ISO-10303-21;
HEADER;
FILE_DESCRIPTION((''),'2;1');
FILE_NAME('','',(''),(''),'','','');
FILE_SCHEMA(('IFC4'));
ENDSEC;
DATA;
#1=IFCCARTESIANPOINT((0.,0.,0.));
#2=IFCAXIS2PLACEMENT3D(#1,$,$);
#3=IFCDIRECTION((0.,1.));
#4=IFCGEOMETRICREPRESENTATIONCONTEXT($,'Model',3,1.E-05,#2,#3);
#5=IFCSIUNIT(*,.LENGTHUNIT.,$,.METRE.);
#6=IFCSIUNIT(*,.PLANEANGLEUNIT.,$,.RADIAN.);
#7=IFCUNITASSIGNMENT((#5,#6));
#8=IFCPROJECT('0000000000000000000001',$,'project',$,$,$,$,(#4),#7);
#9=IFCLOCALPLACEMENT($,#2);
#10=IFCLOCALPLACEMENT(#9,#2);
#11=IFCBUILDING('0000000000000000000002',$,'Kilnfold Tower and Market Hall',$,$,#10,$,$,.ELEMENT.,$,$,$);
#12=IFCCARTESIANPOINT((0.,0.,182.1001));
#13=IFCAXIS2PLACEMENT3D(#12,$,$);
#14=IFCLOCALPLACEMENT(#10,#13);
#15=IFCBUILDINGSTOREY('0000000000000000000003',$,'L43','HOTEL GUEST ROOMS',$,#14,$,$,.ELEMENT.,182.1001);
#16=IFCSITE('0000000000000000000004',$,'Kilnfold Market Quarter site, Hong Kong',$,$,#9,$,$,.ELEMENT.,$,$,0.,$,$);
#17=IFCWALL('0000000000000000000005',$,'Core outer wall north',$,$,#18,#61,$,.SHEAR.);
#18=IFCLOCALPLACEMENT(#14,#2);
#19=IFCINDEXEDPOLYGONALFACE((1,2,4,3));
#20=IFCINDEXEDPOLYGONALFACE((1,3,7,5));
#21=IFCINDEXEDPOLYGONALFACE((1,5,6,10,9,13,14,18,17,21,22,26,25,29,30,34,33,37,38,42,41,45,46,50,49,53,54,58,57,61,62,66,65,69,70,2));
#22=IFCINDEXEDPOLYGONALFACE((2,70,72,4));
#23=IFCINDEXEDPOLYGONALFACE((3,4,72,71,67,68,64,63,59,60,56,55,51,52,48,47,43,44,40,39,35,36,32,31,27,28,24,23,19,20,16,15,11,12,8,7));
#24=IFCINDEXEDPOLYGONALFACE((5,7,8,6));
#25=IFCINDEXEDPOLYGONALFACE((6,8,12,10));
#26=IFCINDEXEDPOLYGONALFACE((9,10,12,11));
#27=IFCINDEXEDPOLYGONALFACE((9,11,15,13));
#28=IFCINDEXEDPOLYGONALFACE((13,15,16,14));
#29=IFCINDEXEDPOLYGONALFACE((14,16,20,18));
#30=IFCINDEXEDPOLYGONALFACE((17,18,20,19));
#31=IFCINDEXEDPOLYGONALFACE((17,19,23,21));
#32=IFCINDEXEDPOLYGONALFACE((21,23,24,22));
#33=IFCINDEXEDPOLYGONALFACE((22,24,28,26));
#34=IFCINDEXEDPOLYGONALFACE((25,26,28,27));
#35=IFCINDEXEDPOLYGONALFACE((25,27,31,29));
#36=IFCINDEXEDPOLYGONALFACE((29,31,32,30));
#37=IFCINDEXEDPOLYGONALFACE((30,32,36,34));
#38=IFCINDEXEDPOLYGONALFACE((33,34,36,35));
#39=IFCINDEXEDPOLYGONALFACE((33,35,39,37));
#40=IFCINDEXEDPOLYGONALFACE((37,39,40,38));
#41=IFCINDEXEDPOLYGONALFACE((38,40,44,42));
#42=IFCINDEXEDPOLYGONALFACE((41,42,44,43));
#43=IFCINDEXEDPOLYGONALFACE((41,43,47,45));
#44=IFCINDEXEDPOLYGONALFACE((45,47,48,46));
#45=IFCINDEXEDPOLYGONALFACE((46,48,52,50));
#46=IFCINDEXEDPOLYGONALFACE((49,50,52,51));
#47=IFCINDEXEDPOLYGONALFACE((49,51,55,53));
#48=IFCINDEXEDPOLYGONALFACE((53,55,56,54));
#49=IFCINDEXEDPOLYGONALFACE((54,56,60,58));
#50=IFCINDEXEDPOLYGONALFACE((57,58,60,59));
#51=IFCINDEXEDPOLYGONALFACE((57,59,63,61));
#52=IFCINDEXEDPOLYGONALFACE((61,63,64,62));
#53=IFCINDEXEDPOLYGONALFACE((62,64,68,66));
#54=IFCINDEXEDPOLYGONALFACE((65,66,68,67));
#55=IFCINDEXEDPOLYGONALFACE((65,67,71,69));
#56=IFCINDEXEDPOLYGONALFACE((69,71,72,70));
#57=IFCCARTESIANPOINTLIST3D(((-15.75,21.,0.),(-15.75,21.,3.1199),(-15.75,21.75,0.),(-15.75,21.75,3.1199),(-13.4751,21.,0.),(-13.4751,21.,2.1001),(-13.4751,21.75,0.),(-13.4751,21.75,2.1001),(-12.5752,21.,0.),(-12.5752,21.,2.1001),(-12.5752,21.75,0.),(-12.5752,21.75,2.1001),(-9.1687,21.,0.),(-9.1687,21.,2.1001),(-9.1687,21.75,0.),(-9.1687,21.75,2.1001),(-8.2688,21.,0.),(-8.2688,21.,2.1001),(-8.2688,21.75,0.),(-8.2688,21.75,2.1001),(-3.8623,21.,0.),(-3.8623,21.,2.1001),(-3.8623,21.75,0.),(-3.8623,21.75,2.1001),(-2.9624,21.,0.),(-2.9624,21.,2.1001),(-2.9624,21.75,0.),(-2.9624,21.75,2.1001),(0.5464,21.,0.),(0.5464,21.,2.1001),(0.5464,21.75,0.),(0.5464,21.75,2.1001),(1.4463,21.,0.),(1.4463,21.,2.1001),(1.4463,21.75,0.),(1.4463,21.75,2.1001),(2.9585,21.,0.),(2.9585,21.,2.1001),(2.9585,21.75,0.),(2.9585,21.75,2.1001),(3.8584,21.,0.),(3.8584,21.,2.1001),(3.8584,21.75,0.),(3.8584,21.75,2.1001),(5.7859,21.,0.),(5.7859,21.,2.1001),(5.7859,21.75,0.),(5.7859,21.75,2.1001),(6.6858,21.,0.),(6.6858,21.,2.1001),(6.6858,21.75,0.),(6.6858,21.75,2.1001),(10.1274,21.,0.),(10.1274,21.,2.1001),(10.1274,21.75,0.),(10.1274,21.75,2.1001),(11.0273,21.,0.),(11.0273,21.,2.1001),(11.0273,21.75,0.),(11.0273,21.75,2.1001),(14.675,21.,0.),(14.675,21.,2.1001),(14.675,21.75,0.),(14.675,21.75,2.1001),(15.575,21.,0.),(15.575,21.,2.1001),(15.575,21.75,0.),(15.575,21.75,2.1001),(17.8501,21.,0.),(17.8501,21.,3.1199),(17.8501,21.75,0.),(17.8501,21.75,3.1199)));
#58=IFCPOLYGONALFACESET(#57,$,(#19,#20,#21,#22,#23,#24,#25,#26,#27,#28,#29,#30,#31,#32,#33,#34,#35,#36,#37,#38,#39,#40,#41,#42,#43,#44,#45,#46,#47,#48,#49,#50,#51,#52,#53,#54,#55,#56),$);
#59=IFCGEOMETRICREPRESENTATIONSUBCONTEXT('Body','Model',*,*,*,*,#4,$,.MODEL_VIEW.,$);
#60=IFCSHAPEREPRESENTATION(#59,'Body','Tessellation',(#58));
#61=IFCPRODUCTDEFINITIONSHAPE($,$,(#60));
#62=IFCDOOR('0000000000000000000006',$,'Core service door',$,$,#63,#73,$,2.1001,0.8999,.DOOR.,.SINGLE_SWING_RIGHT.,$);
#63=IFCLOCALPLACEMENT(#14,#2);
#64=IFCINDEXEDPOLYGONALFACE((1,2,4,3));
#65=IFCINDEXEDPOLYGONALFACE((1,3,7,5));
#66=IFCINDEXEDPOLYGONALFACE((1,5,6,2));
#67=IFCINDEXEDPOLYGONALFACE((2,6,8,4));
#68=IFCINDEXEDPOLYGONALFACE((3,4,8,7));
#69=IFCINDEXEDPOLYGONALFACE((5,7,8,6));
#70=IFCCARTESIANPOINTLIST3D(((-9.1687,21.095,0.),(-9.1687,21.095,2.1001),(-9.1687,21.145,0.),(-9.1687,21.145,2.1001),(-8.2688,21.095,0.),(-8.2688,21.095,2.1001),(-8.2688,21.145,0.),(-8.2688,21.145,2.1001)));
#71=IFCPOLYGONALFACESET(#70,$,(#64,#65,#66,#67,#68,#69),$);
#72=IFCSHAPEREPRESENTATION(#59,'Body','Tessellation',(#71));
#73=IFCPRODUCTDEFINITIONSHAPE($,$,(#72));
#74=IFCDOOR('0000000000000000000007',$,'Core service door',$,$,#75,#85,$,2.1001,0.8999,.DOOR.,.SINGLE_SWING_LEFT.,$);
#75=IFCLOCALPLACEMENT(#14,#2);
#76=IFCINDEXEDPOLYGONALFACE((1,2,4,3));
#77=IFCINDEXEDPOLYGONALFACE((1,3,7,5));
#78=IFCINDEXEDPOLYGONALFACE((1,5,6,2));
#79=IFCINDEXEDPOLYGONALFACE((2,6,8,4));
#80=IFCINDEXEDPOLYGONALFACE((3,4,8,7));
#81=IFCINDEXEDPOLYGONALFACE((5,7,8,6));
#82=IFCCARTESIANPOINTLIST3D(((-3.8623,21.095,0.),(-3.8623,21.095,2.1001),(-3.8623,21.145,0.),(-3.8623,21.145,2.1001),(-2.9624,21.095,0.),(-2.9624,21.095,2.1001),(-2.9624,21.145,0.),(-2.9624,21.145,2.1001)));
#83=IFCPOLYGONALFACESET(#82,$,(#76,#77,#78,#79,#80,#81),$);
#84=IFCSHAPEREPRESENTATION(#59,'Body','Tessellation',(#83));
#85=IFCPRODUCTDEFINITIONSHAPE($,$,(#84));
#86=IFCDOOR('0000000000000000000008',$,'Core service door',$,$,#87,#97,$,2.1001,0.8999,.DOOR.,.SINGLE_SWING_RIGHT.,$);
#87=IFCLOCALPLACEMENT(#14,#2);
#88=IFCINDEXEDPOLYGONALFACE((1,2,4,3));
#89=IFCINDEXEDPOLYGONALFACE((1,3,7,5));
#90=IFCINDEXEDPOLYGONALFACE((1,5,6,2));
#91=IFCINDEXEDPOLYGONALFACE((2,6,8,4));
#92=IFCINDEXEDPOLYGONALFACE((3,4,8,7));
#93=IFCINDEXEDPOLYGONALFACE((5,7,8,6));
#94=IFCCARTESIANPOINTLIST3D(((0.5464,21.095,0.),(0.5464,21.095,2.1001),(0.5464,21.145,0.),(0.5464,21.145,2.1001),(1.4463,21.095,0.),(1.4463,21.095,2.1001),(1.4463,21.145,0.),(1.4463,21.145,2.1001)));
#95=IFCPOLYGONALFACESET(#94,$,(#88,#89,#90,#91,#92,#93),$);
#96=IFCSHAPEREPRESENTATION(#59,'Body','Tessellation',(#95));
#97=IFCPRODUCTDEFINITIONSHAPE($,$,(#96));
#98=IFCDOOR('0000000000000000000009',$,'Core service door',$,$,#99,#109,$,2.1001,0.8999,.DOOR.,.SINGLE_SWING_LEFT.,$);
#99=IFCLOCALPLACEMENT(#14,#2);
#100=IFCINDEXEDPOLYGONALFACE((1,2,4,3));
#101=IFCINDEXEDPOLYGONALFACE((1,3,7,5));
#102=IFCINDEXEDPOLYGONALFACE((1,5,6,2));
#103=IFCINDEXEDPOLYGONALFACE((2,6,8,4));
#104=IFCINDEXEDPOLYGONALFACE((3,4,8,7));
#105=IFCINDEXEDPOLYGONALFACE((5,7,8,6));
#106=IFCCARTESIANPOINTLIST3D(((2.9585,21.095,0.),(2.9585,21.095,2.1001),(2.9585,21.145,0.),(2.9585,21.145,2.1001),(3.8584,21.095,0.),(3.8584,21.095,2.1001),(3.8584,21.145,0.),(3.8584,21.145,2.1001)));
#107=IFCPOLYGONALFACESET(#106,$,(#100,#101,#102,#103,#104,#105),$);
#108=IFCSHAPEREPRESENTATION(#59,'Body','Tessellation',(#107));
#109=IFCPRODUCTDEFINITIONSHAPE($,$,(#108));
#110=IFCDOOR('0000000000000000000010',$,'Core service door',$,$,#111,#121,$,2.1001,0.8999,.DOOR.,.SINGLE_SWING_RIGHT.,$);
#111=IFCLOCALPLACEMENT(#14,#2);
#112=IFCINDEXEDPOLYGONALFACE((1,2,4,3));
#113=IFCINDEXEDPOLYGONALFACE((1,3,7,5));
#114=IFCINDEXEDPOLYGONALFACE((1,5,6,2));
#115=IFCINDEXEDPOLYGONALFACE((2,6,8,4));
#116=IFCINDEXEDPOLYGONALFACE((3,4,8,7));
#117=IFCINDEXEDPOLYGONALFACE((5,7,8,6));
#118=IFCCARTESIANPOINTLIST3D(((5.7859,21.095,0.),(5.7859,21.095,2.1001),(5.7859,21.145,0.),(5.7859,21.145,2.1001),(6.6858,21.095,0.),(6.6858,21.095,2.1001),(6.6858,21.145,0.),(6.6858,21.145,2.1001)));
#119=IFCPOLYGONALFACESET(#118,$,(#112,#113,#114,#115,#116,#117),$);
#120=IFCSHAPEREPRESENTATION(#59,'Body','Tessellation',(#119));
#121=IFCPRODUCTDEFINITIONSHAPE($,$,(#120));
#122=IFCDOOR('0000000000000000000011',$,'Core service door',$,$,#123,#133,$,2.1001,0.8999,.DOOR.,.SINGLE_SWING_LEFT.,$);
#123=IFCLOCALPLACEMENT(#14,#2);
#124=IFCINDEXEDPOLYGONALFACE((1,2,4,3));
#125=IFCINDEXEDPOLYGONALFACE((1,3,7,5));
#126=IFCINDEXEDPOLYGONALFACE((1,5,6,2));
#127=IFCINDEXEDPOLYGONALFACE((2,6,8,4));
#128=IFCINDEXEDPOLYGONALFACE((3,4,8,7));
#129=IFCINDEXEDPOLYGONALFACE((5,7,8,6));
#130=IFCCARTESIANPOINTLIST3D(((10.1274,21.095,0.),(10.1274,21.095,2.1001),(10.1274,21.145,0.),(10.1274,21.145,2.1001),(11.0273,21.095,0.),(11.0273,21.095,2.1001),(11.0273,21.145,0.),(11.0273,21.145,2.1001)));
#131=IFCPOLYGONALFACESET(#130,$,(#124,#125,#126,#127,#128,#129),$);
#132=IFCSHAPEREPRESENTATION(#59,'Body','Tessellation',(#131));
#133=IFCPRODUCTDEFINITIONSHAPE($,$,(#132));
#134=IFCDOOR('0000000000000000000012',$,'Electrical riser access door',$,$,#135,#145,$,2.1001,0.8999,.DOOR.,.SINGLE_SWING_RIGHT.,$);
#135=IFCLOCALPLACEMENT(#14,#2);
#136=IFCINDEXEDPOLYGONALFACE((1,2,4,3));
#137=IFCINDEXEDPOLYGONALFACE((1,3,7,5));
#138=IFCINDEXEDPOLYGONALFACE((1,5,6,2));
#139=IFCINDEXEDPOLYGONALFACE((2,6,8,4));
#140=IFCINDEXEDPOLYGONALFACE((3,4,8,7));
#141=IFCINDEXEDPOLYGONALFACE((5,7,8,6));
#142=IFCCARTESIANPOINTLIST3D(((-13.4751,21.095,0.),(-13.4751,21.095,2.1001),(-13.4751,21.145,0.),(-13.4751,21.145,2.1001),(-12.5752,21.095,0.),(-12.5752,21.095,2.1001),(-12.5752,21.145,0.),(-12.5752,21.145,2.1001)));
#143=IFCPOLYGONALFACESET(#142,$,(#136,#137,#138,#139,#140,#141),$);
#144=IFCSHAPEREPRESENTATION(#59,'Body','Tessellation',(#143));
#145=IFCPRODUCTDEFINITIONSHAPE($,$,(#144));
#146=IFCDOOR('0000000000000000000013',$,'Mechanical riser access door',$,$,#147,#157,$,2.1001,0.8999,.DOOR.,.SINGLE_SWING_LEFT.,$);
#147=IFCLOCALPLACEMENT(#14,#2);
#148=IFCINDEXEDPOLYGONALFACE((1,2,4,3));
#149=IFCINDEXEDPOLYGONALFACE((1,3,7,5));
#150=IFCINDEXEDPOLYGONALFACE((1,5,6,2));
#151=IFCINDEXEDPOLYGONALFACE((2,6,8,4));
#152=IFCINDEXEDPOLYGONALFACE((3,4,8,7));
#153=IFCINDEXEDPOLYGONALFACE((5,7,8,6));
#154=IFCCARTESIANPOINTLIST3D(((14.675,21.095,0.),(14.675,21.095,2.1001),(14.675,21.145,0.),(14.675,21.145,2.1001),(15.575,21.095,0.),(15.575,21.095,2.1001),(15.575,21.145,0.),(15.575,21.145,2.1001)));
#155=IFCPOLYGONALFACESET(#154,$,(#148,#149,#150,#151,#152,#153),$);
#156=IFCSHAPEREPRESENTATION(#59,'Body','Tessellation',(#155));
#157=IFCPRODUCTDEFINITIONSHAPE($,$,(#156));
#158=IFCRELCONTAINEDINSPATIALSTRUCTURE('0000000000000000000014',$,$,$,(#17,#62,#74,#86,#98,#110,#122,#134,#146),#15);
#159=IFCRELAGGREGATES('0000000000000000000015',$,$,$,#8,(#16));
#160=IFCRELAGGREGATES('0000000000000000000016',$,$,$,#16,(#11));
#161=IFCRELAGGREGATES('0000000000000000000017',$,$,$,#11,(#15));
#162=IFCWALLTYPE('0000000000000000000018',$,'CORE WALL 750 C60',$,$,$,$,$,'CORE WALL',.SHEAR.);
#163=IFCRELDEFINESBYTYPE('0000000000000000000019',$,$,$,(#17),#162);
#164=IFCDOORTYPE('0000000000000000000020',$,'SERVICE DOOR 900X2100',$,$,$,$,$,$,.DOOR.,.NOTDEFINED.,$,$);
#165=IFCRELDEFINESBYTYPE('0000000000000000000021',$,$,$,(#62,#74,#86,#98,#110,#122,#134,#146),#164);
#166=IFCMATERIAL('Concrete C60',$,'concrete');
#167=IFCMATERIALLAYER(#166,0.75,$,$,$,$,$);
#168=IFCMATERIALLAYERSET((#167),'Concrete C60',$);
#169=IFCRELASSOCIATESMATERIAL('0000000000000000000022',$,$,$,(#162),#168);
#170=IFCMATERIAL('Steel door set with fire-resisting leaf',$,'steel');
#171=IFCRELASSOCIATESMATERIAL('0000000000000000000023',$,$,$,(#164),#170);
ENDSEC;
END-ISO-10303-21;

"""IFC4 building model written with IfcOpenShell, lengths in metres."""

from ifc_helpers import new_model, si_unit, direction, frame, frame_2d, origin, place, context, subcontext, project, spatial, rectangle, extrude, source, transform, mapped, material, layer, layer_set, type_object, element, fill, save


model = new_model("IFC4")

# Units and contexts
model_context = context("Model", 3, precision=1e-05, world=origin(), true_north=direction((0.0, 1.0)))
body_context = subcontext(model_context, "Body", "Model", "MODEL_VIEW")
ifc_project = project(units=[si_unit("LENGTHUNIT", "METRE"), si_unit("PLANEANGLEUNIT", "RADIAN")], contexts=[model_context])

# Site, building, storey
site_placement = place(None, origin())
site = spatial("IfcSite", under=ifc_project, at=site_placement, Name="Kilnfold Market Quarter site, Hong Kong", CompositionType="ELEMENT", RefElevation=0.0)
building_placement = place(site_placement, origin())
building = spatial("IfcBuilding", under=site, at=building_placement, Name="Kilnfold Tower and Market Hall", CompositionType="ELEMENT")
storey_placement = place(building_placement, frame((0.0, 0.0, 182.1001)))
storey = spatial("IfcBuildingStorey", under=building, at=storey_placement, Name="L43", Description="HOTEL GUEST ROOMS", CompositionType="ELEMENT", Elevation=182.1001)

# Wall, openings, doors
ifc_material_1 = material(Name="Concrete C60", Category="concrete")
ifc_layer_1 = layer(ifc_material_1, 0.75)
ifc_layer_set_1 = layer_set([ifc_layer_1], Name="Concrete C60")
wall_type_1 = type_object("IfcWallType", Name="CORE WALL 750 C60", ElementType="CORE WALL", PredefinedType="SHEAR", material=ifc_layer_set_1)
shared_shape_1 = source(origin(), body_context, "Body", "SweptSolid", [
    extrude(rectangle(XDim=33.6001, YDim=0.75, at=frame_2d((16.8, 0.0))), origin(), (0.0, 0.0, 1.0), 3.1199),
])
wall_1_placement = place(storey_placement, frame((-15.75, 21.375, 0.0), z_axis=(0.0, 0.0, 1.0), x_axis=(1.0, 0.0, 0.0)))
wall_1 = element("IfcWall", 1, at=wall_1_placement, inside=storey, type_object=wall_type_1, Name="Core outer wall north", PredefinedType="SHEAR", context=body_context, shape_type="MappedRepresentation", body=[
    mapped(shared_shape_1, transform((0.0, 0.0, 0.0))),
])
opening_1_placement = place(wall_1_placement, frame((6.5813, 0.0, 0.0)))
opening_1 = element("IfcOpeningElement", 2, at=opening_1_placement, cuts=wall_1, PredefinedType="OPENING", context=body_context, shape_type="SweptSolid", body=[
    extrude(rectangle(XDim=0.8999, YDim=2.1001, at=frame_2d((0.45, 1.05))), frame((0.0, 0.385, 0.0), z_axis=(0.0, -1.0, 0.0), x_axis=(1.0, 0.0, 0.0)), (0.0, 0.0, 1.0), 0.77),
])
opening_2_placement = place(wall_1_placement, frame((11.8877, 0.0, 0.0)))
opening_2 = element("IfcOpeningElement", 3, at=opening_2_placement, cuts=wall_1, PredefinedType="OPENING", context=body_context, shape_type="SweptSolid", body=[
    extrude(rectangle(XDim=0.8999, YDim=2.1001, at=frame_2d((0.45, 1.05))), frame((0.0, 0.385, 0.0), z_axis=(0.0, -1.0, 0.0), x_axis=(1.0, 0.0, 0.0)), (0.0, 0.0, 1.0), 0.77),
])
opening_3_placement = place(wall_1_placement, frame((16.2964, 0.0, 0.0)))
opening_3 = element("IfcOpeningElement", 4, at=opening_3_placement, cuts=wall_1, PredefinedType="OPENING", context=body_context, shape_type="SweptSolid", body=[
    extrude(rectangle(XDim=0.8999, YDim=2.1001, at=frame_2d((0.45, 1.05))), frame((0.0, 0.385, 0.0), z_axis=(0.0, -1.0, 0.0), x_axis=(1.0, 0.0, 0.0)), (0.0, 0.0, 1.0), 0.77),
])
opening_4_placement = place(wall_1_placement, frame((18.7085, 0.0, 0.0)))
opening_4 = element("IfcOpeningElement", 5, at=opening_4_placement, cuts=wall_1, PredefinedType="OPENING", context=body_context, shape_type="SweptSolid", body=[
    extrude(rectangle(XDim=0.8999, YDim=2.1001, at=frame_2d((0.45, 1.05))), frame((0.0, 0.385, 0.0), z_axis=(0.0, -1.0, 0.0), x_axis=(1.0, 0.0, 0.0)), (0.0, 0.0, 1.0), 0.77),
])
opening_5_placement = place(wall_1_placement, frame((21.5359, 0.0, 0.0)))
opening_5 = element("IfcOpeningElement", 6, at=opening_5_placement, cuts=wall_1, PredefinedType="OPENING", context=body_context, shape_type="SweptSolid", body=[
    extrude(rectangle(XDim=0.8999, YDim=2.1001, at=frame_2d((0.45, 1.05))), frame((0.0, 0.385, 0.0), z_axis=(0.0, -1.0, 0.0), x_axis=(1.0, 0.0, 0.0)), (0.0, 0.0, 1.0), 0.77),
])
opening_6_placement = place(wall_1_placement, frame((25.8774, 0.0, 0.0)))
opening_6 = element("IfcOpeningElement", 7, at=opening_6_placement, cuts=wall_1, PredefinedType="OPENING", context=body_context, shape_type="SweptSolid", body=[
    extrude(rectangle(XDim=0.8999, YDim=2.1001, at=frame_2d((0.45, 1.05))), frame((0.0, 0.385, 0.0), z_axis=(0.0, -1.0, 0.0), x_axis=(1.0, 0.0, 0.0)), (0.0, 0.0, 1.0), 0.77),
])
opening_7_placement = place(wall_1_placement, frame((2.2749, 0.0, 0.0)))
opening_7 = element("IfcOpeningElement", 8, at=opening_7_placement, cuts=wall_1, PredefinedType="OPENING", context=body_context, shape_type="SweptSolid", body=[
    extrude(rectangle(XDim=0.8999, YDim=2.1001, at=frame_2d((0.45, 1.05))), frame((0.0, 0.385, 0.0), z_axis=(0.0, -1.0, 0.0), x_axis=(1.0, 0.0, 0.0)), (0.0, 0.0, 1.0), 0.77),
])
opening_8_placement = place(wall_1_placement, frame((30.425, 0.0, 0.0)))
opening_8 = element("IfcOpeningElement", 9, at=opening_8_placement, cuts=wall_1, PredefinedType="OPENING", context=body_context, shape_type="SweptSolid", body=[
    extrude(rectangle(XDim=0.8999, YDim=2.1001, at=frame_2d((0.45, 1.05))), frame((0.0, 0.385, 0.0), z_axis=(0.0, -1.0, 0.0), x_axis=(1.0, 0.0, 0.0)), (0.0, 0.0, 1.0), 0.77),
])
ifc_material_2 = material(Name="Steel door set with fire-resisting leaf", Category="steel")
door_type = type_object("IfcDoorType", Name="SERVICE DOOR 900X2100", OperationType="NOTDEFINED", PredefinedType="DOOR", material=ifc_material_2)
door_1_placement = place(opening_1_placement, origin())
door_1 = element("IfcDoor", 10, at=door_1_placement, inside=storey, type_object=door_type, Name="Core service door", OperationType="SINGLE_SWING_RIGHT", OverallHeight=2.1001, OverallWidth=0.8999, PredefinedType="DOOR", context=body_context, shape_type="SweptSolid", body=[
    extrude(rectangle(XDim=0.8999, YDim=2.1001, at=frame_2d((0.45, 1.05))), frame((0.0, -0.23, 0.0), z_axis=(0.0, -1.0, 0.0), x_axis=(1.0, 0.0, 0.0)), (0.0, 0.0, 1.0), 0.05),
])
fill(opening_1, door_1)
door_2_placement = place(opening_2_placement, origin())
door_2 = element("IfcDoor", 11, at=door_2_placement, inside=storey, type_object=door_type, Name="Core service door", OperationType="SINGLE_SWING_LEFT", OverallHeight=2.1001, OverallWidth=0.8999, PredefinedType="DOOR", context=body_context, shape_type="SweptSolid", body=[
    extrude(rectangle(XDim=0.8999, YDim=2.1001, at=frame_2d((0.45, 1.05))), frame((0.0, -0.23, 0.0), z_axis=(0.0, -1.0, 0.0), x_axis=(1.0, 0.0, 0.0)), (0.0, 0.0, 1.0), 0.05),
])
fill(opening_2, door_2)
door_3_placement = place(opening_3_placement, origin())
door_3 = element("IfcDoor", 12, at=door_3_placement, inside=storey, type_object=door_type, Name="Core service door", OperationType="SINGLE_SWING_RIGHT", OverallHeight=2.1001, OverallWidth=0.8999, PredefinedType="DOOR", context=body_context, shape_type="SweptSolid", body=[
    extrude(rectangle(XDim=0.8999, YDim=2.1001, at=frame_2d((0.45, 1.05))), frame((0.0, -0.23, 0.0), z_axis=(0.0, -1.0, 0.0), x_axis=(1.0, 0.0, 0.0)), (0.0, 0.0, 1.0), 0.05),
])
fill(opening_3, door_3)
door_4_placement = place(opening_4_placement, origin())
door_4 = element("IfcDoor", 13, at=door_4_placement, inside=storey, type_object=door_type, Name="Core service door", OperationType="SINGLE_SWING_LEFT", OverallHeight=2.1001, OverallWidth=0.8999, PredefinedType="DOOR", context=body_context, shape_type="SweptSolid", body=[
    extrude(rectangle(XDim=0.8999, YDim=2.1001, at=frame_2d((0.45, 1.05))), frame((0.0, -0.23, 0.0), z_axis=(0.0, -1.0, 0.0), x_axis=(1.0, 0.0, 0.0)), (0.0, 0.0, 1.0), 0.05),
])
fill(opening_4, door_4)
door_5_placement = place(opening_5_placement, origin())
door_5 = element("IfcDoor", 14, at=door_5_placement, inside=storey, type_object=door_type, Name="Core service door", OperationType="SINGLE_SWING_RIGHT", OverallHeight=2.1001, OverallWidth=0.8999, PredefinedType="DOOR", context=body_context, shape_type="SweptSolid", body=[
    extrude(rectangle(XDim=0.8999, YDim=2.1001, at=frame_2d((0.45, 1.05))), frame((0.0, -0.23, 0.0), z_axis=(0.0, -1.0, 0.0), x_axis=(1.0, 0.0, 0.0)), (0.0, 0.0, 1.0), 0.05),
])
fill(opening_5, door_5)
door_6_placement = place(opening_6_placement, origin())
door_6 = element("IfcDoor", 15, at=door_6_placement, inside=storey, type_object=door_type, Name="Core service door", OperationType="SINGLE_SWING_LEFT", OverallHeight=2.1001, OverallWidth=0.8999, PredefinedType="DOOR", context=body_context, shape_type="SweptSolid", body=[
    extrude(rectangle(XDim=0.8999, YDim=2.1001, at=frame_2d((0.45, 1.05))), frame((0.0, -0.23, 0.0), z_axis=(0.0, -1.0, 0.0), x_axis=(1.0, 0.0, 0.0)), (0.0, 0.0, 1.0), 0.05),
])
fill(opening_6, door_6)
door_7_placement = place(opening_7_placement, origin())
door_7 = element("IfcDoor", 16, at=door_7_placement, inside=storey, type_object=door_type, Name="Electrical riser access door", OperationType="SINGLE_SWING_RIGHT", OverallHeight=2.1001, OverallWidth=0.8999, PredefinedType="DOOR", context=body_context, shape_type="SweptSolid", body=[
    extrude(rectangle(XDim=0.8999, YDim=2.1001, at=frame_2d((0.45, 1.05))), frame((0.0, -0.23, 0.0), z_axis=(0.0, -1.0, 0.0), x_axis=(1.0, 0.0, 0.0)), (0.0, 0.0, 1.0), 0.05),
])
fill(opening_7, door_7)
door_8_placement = place(opening_8_placement, origin())
door_8 = element("IfcDoor", 17, at=door_8_placement, inside=storey, type_object=door_type, Name="Mechanical riser access door", OperationType="SINGLE_SWING_LEFT", OverallHeight=2.1001, OverallWidth=0.8999, PredefinedType="DOOR", context=body_context, shape_type="SweptSolid", body=[
    extrude(rectangle(XDim=0.8999, YDim=2.1001, at=frame_2d((0.45, 1.05))), frame((0.0, -0.23, 0.0), z_axis=(0.0, -1.0, 0.0), x_axis=(1.0, 0.0, 0.0)), (0.0, 0.0, 1.0), 0.05),
])
fill(opening_8, door_8)

save(model, "model.ifc")
